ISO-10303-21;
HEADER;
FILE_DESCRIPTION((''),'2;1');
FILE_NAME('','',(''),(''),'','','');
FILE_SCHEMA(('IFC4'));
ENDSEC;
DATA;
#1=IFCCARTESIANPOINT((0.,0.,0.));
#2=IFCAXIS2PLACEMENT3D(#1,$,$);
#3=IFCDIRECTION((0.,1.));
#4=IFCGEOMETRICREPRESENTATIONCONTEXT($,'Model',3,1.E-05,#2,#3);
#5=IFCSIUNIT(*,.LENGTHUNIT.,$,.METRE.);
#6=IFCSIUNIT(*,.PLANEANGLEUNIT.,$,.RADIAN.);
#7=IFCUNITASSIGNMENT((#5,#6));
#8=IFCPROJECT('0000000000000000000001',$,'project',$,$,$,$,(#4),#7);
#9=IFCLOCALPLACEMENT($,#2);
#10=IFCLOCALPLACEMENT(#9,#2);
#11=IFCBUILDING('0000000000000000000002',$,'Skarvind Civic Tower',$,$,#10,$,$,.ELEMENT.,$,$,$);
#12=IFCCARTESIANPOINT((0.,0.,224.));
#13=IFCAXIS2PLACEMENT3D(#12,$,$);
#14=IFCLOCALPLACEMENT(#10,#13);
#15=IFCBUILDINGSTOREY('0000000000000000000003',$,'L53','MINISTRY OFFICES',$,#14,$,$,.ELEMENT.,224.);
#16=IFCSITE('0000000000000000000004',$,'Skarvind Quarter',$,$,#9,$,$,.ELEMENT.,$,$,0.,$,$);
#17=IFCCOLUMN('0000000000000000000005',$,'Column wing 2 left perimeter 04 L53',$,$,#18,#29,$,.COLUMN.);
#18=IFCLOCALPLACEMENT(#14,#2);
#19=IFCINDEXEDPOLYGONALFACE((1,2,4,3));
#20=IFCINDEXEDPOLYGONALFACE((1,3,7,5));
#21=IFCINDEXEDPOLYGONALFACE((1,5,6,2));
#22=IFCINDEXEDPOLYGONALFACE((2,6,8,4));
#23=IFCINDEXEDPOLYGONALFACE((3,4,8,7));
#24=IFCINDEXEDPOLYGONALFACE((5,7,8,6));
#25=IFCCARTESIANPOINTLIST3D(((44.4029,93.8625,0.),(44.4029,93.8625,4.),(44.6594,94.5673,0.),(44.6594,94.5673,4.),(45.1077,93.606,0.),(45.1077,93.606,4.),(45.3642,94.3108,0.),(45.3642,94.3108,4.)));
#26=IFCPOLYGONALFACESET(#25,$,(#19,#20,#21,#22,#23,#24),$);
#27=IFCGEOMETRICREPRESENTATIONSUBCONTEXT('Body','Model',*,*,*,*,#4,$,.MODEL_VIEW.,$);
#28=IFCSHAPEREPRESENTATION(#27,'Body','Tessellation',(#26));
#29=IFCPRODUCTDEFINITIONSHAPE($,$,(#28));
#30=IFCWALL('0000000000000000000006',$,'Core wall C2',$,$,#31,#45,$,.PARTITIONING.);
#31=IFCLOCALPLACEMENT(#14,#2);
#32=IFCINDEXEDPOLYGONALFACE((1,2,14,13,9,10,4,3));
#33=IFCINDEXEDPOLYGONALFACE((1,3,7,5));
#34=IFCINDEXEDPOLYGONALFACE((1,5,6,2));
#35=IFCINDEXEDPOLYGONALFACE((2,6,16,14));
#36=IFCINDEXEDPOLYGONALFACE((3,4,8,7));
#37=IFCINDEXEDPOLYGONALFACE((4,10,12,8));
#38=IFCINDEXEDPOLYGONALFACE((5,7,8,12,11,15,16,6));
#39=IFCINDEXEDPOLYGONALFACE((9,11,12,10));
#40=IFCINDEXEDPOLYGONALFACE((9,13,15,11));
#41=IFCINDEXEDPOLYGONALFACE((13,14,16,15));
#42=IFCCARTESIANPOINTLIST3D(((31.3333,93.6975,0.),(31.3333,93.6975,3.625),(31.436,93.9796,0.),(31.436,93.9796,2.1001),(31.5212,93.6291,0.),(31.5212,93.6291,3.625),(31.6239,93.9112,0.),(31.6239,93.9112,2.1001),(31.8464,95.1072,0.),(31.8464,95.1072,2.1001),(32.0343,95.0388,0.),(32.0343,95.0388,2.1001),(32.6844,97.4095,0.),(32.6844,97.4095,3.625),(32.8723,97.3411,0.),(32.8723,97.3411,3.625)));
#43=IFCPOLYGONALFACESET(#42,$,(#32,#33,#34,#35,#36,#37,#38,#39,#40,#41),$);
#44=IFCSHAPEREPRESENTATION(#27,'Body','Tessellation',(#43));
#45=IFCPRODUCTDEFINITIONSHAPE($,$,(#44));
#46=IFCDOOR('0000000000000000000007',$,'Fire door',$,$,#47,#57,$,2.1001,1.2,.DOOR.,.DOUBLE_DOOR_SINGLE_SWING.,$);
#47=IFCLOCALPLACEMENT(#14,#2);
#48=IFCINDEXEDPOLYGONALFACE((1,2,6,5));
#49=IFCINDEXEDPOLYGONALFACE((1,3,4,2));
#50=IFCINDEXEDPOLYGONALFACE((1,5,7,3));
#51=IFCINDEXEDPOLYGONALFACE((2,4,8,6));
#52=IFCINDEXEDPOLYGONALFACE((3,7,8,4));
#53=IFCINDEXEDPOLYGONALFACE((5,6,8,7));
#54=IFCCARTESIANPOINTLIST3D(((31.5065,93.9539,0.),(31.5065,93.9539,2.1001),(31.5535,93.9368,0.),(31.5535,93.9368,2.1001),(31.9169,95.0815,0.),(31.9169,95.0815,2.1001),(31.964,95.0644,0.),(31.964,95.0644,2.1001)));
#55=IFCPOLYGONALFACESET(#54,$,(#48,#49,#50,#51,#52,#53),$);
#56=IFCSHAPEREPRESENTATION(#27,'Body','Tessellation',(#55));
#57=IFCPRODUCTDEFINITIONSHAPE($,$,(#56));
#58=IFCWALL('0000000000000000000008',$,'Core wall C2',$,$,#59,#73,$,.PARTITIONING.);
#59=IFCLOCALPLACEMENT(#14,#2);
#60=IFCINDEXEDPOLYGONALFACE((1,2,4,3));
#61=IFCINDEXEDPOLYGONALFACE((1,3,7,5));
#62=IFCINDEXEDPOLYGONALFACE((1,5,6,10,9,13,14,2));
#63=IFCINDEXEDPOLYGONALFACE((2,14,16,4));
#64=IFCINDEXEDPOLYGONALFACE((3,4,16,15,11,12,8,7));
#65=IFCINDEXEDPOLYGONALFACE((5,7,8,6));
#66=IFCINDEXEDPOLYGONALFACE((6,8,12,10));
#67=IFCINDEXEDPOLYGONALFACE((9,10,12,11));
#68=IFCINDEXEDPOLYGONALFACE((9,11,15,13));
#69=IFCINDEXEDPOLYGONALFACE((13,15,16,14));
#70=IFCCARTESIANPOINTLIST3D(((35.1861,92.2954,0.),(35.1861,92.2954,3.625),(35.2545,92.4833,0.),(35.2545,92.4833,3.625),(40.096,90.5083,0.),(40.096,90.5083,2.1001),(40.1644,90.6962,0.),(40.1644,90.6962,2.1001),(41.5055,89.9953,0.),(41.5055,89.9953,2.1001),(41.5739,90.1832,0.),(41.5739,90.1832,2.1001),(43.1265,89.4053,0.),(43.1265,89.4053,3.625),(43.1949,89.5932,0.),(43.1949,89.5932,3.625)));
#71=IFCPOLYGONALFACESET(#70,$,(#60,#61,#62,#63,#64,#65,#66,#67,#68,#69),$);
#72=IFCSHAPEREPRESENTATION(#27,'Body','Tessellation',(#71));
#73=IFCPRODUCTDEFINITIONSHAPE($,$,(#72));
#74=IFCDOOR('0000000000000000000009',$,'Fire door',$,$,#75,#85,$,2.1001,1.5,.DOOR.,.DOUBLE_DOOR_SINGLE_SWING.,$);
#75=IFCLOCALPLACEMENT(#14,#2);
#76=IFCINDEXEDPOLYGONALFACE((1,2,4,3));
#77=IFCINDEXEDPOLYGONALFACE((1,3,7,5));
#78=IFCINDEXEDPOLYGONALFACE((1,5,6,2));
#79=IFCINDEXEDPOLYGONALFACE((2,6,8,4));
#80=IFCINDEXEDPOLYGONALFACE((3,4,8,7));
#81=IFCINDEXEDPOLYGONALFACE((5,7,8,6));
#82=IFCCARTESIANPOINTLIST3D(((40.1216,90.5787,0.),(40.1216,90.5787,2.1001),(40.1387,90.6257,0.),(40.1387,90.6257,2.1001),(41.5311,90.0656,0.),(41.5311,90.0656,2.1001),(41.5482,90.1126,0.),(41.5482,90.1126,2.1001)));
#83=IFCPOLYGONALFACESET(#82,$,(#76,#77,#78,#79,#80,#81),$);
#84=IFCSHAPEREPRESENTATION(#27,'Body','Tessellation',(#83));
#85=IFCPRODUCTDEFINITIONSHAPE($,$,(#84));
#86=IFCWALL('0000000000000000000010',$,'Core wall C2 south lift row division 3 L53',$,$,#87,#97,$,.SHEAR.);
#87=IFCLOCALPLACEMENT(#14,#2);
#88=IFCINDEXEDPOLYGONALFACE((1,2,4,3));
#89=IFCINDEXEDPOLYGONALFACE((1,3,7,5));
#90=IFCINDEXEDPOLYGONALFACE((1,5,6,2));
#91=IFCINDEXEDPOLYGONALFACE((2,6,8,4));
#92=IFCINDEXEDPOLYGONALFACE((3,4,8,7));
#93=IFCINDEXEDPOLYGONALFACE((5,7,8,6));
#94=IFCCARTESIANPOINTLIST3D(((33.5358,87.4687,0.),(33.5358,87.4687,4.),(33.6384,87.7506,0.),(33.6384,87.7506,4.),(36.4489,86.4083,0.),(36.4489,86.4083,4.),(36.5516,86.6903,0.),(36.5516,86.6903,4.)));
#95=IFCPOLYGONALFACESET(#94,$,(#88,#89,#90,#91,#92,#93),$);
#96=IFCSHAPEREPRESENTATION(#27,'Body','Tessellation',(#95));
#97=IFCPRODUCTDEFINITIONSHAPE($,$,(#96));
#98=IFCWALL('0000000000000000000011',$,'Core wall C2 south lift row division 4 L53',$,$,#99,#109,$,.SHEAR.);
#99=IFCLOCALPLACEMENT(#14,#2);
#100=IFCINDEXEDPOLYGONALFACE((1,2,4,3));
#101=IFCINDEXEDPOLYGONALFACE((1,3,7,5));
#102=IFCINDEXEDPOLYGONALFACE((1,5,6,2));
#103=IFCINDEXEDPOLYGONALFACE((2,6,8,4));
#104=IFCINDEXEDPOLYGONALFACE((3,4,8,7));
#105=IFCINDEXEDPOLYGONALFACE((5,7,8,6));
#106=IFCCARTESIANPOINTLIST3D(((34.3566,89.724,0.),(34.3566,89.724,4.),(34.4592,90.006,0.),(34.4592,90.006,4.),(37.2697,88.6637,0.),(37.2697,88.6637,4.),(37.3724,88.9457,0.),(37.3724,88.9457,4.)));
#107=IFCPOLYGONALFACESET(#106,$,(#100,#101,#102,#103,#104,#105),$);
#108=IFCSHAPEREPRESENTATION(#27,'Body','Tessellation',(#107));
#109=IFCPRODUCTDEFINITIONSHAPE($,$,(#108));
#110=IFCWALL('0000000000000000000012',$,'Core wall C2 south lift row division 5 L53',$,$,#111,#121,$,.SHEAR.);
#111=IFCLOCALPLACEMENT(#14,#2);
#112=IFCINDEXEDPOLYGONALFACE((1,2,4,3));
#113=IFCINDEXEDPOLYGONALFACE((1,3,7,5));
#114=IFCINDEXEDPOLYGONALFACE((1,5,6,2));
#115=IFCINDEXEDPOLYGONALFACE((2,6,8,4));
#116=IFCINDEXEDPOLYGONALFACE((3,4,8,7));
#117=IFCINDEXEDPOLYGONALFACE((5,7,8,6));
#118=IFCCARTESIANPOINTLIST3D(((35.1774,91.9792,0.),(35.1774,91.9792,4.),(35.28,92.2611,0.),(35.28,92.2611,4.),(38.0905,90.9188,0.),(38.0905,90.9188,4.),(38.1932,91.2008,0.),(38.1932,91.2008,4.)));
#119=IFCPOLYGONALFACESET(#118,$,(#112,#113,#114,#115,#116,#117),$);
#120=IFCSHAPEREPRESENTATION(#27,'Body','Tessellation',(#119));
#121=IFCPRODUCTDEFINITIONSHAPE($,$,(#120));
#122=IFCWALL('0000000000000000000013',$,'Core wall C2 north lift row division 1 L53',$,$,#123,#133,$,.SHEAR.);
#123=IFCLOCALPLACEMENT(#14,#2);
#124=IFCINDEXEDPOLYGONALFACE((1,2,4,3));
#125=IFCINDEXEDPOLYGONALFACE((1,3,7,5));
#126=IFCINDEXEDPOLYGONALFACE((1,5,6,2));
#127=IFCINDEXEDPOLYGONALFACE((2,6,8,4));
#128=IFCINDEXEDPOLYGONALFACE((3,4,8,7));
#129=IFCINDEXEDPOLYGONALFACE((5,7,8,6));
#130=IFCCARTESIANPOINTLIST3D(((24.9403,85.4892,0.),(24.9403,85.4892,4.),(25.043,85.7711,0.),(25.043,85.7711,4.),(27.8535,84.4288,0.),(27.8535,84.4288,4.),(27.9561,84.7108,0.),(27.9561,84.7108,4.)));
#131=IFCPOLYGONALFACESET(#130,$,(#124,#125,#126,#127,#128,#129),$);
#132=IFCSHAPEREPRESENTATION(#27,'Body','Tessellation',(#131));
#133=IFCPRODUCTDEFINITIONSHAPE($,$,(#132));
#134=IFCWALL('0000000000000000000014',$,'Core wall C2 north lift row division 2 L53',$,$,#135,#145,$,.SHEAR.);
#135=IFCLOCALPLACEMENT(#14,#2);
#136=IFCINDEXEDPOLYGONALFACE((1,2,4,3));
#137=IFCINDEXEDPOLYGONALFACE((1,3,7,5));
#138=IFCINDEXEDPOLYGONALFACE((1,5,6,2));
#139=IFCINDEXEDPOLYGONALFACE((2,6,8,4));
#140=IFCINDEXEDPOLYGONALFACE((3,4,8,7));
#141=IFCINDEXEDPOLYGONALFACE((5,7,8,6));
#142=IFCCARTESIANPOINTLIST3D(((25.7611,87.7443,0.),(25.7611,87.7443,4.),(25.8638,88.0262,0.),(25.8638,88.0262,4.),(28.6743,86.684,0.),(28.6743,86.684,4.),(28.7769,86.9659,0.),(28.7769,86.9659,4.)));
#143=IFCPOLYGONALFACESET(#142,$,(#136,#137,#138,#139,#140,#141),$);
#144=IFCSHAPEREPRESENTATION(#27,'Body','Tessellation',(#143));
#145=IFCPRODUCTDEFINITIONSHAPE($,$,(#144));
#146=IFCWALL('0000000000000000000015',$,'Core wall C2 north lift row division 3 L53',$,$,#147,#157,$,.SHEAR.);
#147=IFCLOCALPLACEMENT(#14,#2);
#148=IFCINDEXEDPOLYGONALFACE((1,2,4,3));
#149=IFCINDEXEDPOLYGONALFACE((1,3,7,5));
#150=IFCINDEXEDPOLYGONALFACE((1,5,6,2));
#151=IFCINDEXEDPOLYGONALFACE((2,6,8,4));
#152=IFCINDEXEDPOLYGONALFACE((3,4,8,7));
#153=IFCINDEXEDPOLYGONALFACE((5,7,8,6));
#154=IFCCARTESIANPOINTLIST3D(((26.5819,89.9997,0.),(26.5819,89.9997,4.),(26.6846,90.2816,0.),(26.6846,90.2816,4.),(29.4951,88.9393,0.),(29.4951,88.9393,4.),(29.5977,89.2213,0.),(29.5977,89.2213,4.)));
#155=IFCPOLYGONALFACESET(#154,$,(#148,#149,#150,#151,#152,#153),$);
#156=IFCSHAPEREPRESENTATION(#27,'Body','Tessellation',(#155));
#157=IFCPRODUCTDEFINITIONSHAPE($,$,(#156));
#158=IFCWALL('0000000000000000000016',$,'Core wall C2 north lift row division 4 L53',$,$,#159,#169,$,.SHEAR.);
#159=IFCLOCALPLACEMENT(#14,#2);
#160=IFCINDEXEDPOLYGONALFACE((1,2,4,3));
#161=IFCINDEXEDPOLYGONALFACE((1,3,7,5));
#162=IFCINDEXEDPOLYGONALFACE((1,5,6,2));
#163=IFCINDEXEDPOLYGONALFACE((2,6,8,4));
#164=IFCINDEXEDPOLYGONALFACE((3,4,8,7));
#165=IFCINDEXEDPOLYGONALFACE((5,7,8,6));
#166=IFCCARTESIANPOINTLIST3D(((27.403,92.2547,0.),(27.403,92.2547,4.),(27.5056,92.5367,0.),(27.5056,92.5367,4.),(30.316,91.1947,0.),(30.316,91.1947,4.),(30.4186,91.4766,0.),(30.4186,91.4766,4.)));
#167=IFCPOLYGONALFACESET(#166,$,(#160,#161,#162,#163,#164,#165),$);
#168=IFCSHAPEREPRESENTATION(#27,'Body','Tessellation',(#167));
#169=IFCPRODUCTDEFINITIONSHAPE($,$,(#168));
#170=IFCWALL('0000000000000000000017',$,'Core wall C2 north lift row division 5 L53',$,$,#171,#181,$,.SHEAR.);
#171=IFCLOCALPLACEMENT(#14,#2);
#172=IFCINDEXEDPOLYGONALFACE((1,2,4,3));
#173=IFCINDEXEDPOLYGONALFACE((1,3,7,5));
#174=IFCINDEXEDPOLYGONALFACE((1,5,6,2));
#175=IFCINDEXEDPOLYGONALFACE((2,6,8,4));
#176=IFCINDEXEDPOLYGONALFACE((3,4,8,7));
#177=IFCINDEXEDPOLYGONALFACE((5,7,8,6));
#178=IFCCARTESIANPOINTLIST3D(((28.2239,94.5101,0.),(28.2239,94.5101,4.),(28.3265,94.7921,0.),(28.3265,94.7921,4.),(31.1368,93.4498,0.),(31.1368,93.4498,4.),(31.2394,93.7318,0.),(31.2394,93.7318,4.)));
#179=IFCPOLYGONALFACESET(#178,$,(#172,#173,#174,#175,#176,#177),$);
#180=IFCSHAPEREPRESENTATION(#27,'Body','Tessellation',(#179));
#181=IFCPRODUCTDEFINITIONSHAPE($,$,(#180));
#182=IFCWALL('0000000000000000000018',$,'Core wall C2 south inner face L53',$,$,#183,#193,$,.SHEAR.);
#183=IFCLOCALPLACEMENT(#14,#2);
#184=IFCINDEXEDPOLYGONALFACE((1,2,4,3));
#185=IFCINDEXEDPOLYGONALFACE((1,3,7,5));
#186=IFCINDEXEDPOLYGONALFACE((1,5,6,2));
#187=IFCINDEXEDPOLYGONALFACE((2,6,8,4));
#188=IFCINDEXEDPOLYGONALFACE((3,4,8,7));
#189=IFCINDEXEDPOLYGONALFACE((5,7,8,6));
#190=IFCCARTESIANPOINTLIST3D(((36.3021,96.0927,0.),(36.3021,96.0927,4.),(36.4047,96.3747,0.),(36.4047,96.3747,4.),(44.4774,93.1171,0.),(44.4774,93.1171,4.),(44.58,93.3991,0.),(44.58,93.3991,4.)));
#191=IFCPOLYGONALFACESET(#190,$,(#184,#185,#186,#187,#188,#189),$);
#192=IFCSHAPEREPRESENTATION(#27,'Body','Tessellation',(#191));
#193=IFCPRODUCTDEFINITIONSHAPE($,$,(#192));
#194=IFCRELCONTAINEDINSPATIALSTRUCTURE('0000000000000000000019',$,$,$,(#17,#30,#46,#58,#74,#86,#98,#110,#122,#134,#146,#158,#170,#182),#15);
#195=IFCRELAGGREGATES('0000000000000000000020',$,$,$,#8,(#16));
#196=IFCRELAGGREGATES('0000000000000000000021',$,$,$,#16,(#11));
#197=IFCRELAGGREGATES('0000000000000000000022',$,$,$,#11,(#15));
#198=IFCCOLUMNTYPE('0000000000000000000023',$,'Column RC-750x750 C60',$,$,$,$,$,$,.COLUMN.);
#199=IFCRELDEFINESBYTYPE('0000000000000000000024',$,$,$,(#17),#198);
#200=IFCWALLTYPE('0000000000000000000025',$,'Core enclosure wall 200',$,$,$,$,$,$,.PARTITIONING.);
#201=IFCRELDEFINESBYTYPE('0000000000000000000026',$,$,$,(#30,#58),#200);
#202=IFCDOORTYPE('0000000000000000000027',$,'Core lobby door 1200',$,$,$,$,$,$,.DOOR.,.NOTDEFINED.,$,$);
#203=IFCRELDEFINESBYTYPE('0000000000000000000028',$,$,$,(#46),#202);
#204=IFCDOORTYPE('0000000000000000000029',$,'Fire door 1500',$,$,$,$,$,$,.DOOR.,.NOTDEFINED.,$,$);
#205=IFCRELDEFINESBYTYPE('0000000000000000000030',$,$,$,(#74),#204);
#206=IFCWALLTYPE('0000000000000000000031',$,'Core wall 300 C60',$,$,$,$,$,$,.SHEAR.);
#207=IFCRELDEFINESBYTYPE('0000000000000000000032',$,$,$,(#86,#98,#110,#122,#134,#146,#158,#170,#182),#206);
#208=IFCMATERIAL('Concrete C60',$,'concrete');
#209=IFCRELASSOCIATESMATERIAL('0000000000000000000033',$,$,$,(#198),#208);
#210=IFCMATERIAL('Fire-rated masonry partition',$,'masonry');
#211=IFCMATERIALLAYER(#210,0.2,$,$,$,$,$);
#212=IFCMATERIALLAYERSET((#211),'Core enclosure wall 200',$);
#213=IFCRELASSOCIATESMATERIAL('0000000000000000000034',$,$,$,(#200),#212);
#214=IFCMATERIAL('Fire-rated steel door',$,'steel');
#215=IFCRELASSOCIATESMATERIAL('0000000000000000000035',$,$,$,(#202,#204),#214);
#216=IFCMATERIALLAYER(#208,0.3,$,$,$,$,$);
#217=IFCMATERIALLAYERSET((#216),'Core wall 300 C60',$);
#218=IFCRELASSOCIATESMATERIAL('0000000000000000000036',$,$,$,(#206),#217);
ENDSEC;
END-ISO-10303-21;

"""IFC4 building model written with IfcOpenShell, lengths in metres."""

from ifc_helpers import new_model, si_unit, direction, frame, frame_2d, origin, origin_2d, place, context, subcontext, project, spatial, rectangle, extrude, material, layer, layer_set, material_profile, profile_set, type_object, element, fill, save


model = new_model("IFC4")

# Units and contexts
model_context = context("Model", 3, precision=1e-05, world=origin(), true_north=direction((0.0, 1.0)))
body_context = subcontext(model_context, "Body", "Model", "MODEL_VIEW")
ifc_project = project(units=[si_unit("LENGTHUNIT", "METRE"), si_unit("PLANEANGLEUNIT", "RADIAN")], contexts=[model_context])

# Site, building, storey
site_placement = place(None, origin())
site = spatial("IfcSite", under=ifc_project, at=site_placement, Name="Skarvind Quarter", CompositionType="ELEMENT", RefElevation=0.0)
building_placement = place(site_placement, origin())
building = spatial("IfcBuilding", under=site, at=building_placement, Name="Skarvind Civic Tower", CompositionType="ELEMENT")
storey_placement = place(building_placement, frame((0.0, 0.0, 224.0)))
storey = spatial("IfcBuildingStorey", under=building, at=storey_placement, Name="L53", Description="MINISTRY OFFICES", CompositionType="ELEMENT", Elevation=224.0)

# Column
ifc_material_1 = material(Name="Concrete C60", Category="concrete")
ifc_material_profile = material_profile(ifc_material_1, rectangle(XDim=0.75, YDim=0.75, at=origin_2d()), Name="RC-750x750")
ifc_profile_set = profile_set([ifc_material_profile], Name="Concrete C60")
column_type = type_object("IfcColumnType", Name="Column RC-750x750 C60", PredefinedType="COLUMN", material=ifc_profile_set)
column_placement = place(storey_placement, frame((44.8835, 94.0867, 0.0), z_axis=(0.0, 0.0, 1.0), x_axis=(-0.34202, -0.939693, 0.0)))
element("IfcColumn", 1, at=column_placement, inside=storey, type_object=column_type, Name="Column wing 2 left perimeter 04 L53", PredefinedType="COLUMN", context=body_context, shape_type="SweptSolid", body=[
    extrude(rectangle(XDim=0.75, YDim=0.75, at=origin_2d()), origin(), (0.0, 0.0, 1.0), 4.0),
])

# Walls, openings, doors
ifc_material_2 = material(Name="Fire-rated masonry partition", Category="masonry")
ifc_layer_1 = layer(ifc_material_2, 0.2)
ifc_layer_set_1 = layer_set([ifc_layer_1], Name="Core enclosure wall 200")
wall_type_1 = type_object("IfcWallType", Name="Core enclosure wall 200", PredefinedType="PARTITIONING", material=ifc_layer_set_1)
wall_1_placement = place(storey_placement, frame((31.4272, 93.6633, 0.0), z_axis=(0.0, 0.0, 1.0), x_axis=(0.342031, 0.939689, 0.0)))
wall_1 = element("IfcWall", 2, at=wall_1_placement, inside=storey, type_object=wall_type_1, Name="Core wall C2", PredefinedType="PARTITIONING", context=body_context, shape_type="SweptSolid", body=[
    extrude(rectangle(XDim=3.9502, YDim=0.2, at=frame_2d((1.9751, 0.0))), origin(), (0.0, 0.0, 1.0), 3.625),
])
opening_1_placement = place(wall_1_placement, frame((0.3, 0.0, 0.0)))
opening_1 = element("IfcOpeningElement", 3, at=opening_1_placement, cuts=wall_1, PredefinedType="OPENING", context=body_context, shape_type="SweptSolid", body=[
    extrude(rectangle(XDim=1.2, YDim=2.1001, at=frame_2d((0.6001, 1.05))), frame((0.0, 0.1099, 0.0), z_axis=(0.0, -1.0, 0.0), x_axis=(1.0, 0.0, 0.0)), (0.0, 0.0, 1.0), 0.22),
])
ifc_material_3 = material(Name="Fire-rated steel door", Category="steel")
door_type_1 = type_object("IfcDoorType", Name="Core lobby door 1200", OperationType="NOTDEFINED", PredefinedType="DOOR", material=ifc_material_3)
door_1_placement = place(opening_1_placement, origin())
door_1 = element("IfcDoor", 4, at=door_1_placement, inside=storey, type_object=door_type_1, Name="Fire door", OperationType="DOUBLE_DOOR_SINGLE_SWING", OverallHeight=2.1001, OverallWidth=1.2, PredefinedType="DOOR", context=body_context, shape_type="SweptSolid", body=[
    extrude(rectangle(XDim=1.2, YDim=2.1001, at=frame_2d((0.6001, 1.05))), frame((0.0, 0.0249, 0.0), z_axis=(0.0, -1.0, 0.0), x_axis=(1.0, 0.0, 0.0)), (0.0, 0.0, 1.0), 0.05),
])
fill(opening_1, door_1)
wall_2_placement = place(storey_placement, frame((35.2202, 92.3894, 0.0), z_axis=(0.0, 0.0, 1.0), x_axis=(0.93969, -0.342026, 0.0)))
wall_2 = element("IfcWall", 5, at=wall_2_placement, inside=storey, type_object=wall_type_1, Name="Core wall C2", PredefinedType="PARTITIONING", context=body_context, shape_type="SweptSolid", body=[
    extrude(rectangle(XDim=8.45, YDim=0.2, at=frame_2d((4.2251, 0.0))), origin(), (0.0, 0.0, 1.0), 3.625),
])
opening_2_placement = place(wall_2_placement, frame((5.2251, 0.0, 0.0)))
opening_2 = element("IfcOpeningElement", 6, at=opening_2_placement, cuts=wall_2, PredefinedType="OPENING", context=body_context, shape_type="SweptSolid", body=[
    extrude(rectangle(XDim=1.5, YDim=2.1001, at=frame_2d((0.75, 1.05))), frame((0.0, 0.1099, 0.0), z_axis=(0.0, -1.0, 0.0), x_axis=(1.0, 0.0, 0.0)), (0.0, 0.0, 1.0), 0.22),
])
door_type_2 = type_object("IfcDoorType", Name="Fire door 1500", OperationType="NOTDEFINED", PredefinedType="DOOR", material=ifc_material_3)
door_2_placement = place(opening_2_placement, origin())
door_2 = element("IfcDoor", 7, at=door_2_placement, inside=storey, type_object=door_type_2, Name="Fire door", OperationType="DOUBLE_DOOR_SINGLE_SWING", OverallHeight=2.1001, OverallWidth=1.5, PredefinedType="DOOR", context=body_context, shape_type="SweptSolid", body=[
    extrude(rectangle(XDim=1.5, YDim=2.1001, at=frame_2d((0.75, 1.05))), frame((0.0, 0.0249, 0.0), z_axis=(0.0, -1.0, 0.0), x_axis=(1.0, 0.0, 0.0)), (0.0, 0.0, 1.0), 0.05),
])
fill(opening_2, door_2)

# Walls
ifc_layer_2 = layer(ifc_material_1, 0.3)
ifc_layer_set_2 = layer_set([ifc_layer_2], Name="Core wall 300 C60")
wall_type_2 = type_object("IfcWallType", Name="Core wall 300 C60", PredefinedType="SHEAR", material=ifc_layer_set_2)
for number, where, z_axis, x_axis, name in (
    (8, (36.5002, 86.5493, 0.0), (0.0, 0.0, 1.0), (-0.93969, 0.342028, 0.0), "Core wall C2 south lift row division 3 L53"),
    (9, (37.321, 88.8047, 0.0), (0.0, 0.0, 1.0), (-0.93969, 0.342028, 0.0), "Core wall C2 south lift row division 4 L53"),
    (10, (38.1418, 91.0598, 0.0), (0.0, 0.0, 1.0), (-0.93969, 0.342028, 0.0), "Core wall C2 south lift row division 5 L53"),
    (11, (27.9048, 84.5698, 0.0), (0.0, 0.0, 1.0), (-0.93969, 0.342028, 0.0), "Core wall C2 north lift row division 1 L53"),
    (12, (28.7256, 86.825, 0.0), (0.0, 0.0, 1.0), (-0.93969, 0.342028, 0.0), "Core wall C2 north lift row division 2 L53"),
    (13, (29.5464, 89.0803, 0.0), (0.0, 0.0, 1.0), (-0.93969, 0.342028, 0.0), "Core wall C2 north lift row division 3 L53"),
):
    element("IfcWall", number, at=place(storey_placement, frame(where, z_axis=z_axis, x_axis=x_axis)), inside=storey, type_object=wall_type_2, Name=name, PredefinedType="SHEAR", context=body_context, shape_type="SweptSolid", body=[
        extrude(rectangle(XDim=3.1001, YDim=0.3, at=frame_2d((1.55, 0.0))), origin(), (0.0, 0.0, 1.0), 4.0),
    ])
for number, where, z_axis, x_axis, name in (
    (14, (30.3672, 91.3357, 0.0), (0.0, 0.0, 1.0), (-0.939715, 0.341958, 0.0), "Core wall C2 north lift row division 4 L53"),
    (15, (31.188, 93.5908, 0.0), (0.0, 0.0, 1.0), (-0.939681, 0.342053, 0.0), "Core wall C2 north lift row division 5 L53"),
):
    element("IfcWall", number, at=place(storey_placement, frame(where, z_axis=z_axis, x_axis=x_axis)), inside=storey, type_object=wall_type_2, Name=name, PredefinedType="SHEAR", context=body_context, shape_type="SweptSolid", body=[
        extrude(rectangle(XDim=3.0999, YDim=0.3, at=frame_2d((1.5498, 0.0))), origin(), (0.0, 0.0, 1.0), 4.0),
    ])
wall_3_placement = place(storey_placement, frame((44.5288, 93.2581, 0.0), z_axis=(0.0, 0.0, 1.0), x_axis=(-0.939692, 0.342022, 0.0)))
element("IfcWall", 16, at=wall_3_placement, inside=storey, type_object=wall_type_2, Name="Core wall C2 south inner face L53", PredefinedType="SHEAR", context=body_context, shape_type="SweptSolid", body=[
    extrude(rectangle(XDim=8.7, YDim=0.3, at=frame_2d((4.3501, 0.0))), origin(), (0.0, 0.0, 1.0), 4.0),
])

save(model, "model.ifc")
